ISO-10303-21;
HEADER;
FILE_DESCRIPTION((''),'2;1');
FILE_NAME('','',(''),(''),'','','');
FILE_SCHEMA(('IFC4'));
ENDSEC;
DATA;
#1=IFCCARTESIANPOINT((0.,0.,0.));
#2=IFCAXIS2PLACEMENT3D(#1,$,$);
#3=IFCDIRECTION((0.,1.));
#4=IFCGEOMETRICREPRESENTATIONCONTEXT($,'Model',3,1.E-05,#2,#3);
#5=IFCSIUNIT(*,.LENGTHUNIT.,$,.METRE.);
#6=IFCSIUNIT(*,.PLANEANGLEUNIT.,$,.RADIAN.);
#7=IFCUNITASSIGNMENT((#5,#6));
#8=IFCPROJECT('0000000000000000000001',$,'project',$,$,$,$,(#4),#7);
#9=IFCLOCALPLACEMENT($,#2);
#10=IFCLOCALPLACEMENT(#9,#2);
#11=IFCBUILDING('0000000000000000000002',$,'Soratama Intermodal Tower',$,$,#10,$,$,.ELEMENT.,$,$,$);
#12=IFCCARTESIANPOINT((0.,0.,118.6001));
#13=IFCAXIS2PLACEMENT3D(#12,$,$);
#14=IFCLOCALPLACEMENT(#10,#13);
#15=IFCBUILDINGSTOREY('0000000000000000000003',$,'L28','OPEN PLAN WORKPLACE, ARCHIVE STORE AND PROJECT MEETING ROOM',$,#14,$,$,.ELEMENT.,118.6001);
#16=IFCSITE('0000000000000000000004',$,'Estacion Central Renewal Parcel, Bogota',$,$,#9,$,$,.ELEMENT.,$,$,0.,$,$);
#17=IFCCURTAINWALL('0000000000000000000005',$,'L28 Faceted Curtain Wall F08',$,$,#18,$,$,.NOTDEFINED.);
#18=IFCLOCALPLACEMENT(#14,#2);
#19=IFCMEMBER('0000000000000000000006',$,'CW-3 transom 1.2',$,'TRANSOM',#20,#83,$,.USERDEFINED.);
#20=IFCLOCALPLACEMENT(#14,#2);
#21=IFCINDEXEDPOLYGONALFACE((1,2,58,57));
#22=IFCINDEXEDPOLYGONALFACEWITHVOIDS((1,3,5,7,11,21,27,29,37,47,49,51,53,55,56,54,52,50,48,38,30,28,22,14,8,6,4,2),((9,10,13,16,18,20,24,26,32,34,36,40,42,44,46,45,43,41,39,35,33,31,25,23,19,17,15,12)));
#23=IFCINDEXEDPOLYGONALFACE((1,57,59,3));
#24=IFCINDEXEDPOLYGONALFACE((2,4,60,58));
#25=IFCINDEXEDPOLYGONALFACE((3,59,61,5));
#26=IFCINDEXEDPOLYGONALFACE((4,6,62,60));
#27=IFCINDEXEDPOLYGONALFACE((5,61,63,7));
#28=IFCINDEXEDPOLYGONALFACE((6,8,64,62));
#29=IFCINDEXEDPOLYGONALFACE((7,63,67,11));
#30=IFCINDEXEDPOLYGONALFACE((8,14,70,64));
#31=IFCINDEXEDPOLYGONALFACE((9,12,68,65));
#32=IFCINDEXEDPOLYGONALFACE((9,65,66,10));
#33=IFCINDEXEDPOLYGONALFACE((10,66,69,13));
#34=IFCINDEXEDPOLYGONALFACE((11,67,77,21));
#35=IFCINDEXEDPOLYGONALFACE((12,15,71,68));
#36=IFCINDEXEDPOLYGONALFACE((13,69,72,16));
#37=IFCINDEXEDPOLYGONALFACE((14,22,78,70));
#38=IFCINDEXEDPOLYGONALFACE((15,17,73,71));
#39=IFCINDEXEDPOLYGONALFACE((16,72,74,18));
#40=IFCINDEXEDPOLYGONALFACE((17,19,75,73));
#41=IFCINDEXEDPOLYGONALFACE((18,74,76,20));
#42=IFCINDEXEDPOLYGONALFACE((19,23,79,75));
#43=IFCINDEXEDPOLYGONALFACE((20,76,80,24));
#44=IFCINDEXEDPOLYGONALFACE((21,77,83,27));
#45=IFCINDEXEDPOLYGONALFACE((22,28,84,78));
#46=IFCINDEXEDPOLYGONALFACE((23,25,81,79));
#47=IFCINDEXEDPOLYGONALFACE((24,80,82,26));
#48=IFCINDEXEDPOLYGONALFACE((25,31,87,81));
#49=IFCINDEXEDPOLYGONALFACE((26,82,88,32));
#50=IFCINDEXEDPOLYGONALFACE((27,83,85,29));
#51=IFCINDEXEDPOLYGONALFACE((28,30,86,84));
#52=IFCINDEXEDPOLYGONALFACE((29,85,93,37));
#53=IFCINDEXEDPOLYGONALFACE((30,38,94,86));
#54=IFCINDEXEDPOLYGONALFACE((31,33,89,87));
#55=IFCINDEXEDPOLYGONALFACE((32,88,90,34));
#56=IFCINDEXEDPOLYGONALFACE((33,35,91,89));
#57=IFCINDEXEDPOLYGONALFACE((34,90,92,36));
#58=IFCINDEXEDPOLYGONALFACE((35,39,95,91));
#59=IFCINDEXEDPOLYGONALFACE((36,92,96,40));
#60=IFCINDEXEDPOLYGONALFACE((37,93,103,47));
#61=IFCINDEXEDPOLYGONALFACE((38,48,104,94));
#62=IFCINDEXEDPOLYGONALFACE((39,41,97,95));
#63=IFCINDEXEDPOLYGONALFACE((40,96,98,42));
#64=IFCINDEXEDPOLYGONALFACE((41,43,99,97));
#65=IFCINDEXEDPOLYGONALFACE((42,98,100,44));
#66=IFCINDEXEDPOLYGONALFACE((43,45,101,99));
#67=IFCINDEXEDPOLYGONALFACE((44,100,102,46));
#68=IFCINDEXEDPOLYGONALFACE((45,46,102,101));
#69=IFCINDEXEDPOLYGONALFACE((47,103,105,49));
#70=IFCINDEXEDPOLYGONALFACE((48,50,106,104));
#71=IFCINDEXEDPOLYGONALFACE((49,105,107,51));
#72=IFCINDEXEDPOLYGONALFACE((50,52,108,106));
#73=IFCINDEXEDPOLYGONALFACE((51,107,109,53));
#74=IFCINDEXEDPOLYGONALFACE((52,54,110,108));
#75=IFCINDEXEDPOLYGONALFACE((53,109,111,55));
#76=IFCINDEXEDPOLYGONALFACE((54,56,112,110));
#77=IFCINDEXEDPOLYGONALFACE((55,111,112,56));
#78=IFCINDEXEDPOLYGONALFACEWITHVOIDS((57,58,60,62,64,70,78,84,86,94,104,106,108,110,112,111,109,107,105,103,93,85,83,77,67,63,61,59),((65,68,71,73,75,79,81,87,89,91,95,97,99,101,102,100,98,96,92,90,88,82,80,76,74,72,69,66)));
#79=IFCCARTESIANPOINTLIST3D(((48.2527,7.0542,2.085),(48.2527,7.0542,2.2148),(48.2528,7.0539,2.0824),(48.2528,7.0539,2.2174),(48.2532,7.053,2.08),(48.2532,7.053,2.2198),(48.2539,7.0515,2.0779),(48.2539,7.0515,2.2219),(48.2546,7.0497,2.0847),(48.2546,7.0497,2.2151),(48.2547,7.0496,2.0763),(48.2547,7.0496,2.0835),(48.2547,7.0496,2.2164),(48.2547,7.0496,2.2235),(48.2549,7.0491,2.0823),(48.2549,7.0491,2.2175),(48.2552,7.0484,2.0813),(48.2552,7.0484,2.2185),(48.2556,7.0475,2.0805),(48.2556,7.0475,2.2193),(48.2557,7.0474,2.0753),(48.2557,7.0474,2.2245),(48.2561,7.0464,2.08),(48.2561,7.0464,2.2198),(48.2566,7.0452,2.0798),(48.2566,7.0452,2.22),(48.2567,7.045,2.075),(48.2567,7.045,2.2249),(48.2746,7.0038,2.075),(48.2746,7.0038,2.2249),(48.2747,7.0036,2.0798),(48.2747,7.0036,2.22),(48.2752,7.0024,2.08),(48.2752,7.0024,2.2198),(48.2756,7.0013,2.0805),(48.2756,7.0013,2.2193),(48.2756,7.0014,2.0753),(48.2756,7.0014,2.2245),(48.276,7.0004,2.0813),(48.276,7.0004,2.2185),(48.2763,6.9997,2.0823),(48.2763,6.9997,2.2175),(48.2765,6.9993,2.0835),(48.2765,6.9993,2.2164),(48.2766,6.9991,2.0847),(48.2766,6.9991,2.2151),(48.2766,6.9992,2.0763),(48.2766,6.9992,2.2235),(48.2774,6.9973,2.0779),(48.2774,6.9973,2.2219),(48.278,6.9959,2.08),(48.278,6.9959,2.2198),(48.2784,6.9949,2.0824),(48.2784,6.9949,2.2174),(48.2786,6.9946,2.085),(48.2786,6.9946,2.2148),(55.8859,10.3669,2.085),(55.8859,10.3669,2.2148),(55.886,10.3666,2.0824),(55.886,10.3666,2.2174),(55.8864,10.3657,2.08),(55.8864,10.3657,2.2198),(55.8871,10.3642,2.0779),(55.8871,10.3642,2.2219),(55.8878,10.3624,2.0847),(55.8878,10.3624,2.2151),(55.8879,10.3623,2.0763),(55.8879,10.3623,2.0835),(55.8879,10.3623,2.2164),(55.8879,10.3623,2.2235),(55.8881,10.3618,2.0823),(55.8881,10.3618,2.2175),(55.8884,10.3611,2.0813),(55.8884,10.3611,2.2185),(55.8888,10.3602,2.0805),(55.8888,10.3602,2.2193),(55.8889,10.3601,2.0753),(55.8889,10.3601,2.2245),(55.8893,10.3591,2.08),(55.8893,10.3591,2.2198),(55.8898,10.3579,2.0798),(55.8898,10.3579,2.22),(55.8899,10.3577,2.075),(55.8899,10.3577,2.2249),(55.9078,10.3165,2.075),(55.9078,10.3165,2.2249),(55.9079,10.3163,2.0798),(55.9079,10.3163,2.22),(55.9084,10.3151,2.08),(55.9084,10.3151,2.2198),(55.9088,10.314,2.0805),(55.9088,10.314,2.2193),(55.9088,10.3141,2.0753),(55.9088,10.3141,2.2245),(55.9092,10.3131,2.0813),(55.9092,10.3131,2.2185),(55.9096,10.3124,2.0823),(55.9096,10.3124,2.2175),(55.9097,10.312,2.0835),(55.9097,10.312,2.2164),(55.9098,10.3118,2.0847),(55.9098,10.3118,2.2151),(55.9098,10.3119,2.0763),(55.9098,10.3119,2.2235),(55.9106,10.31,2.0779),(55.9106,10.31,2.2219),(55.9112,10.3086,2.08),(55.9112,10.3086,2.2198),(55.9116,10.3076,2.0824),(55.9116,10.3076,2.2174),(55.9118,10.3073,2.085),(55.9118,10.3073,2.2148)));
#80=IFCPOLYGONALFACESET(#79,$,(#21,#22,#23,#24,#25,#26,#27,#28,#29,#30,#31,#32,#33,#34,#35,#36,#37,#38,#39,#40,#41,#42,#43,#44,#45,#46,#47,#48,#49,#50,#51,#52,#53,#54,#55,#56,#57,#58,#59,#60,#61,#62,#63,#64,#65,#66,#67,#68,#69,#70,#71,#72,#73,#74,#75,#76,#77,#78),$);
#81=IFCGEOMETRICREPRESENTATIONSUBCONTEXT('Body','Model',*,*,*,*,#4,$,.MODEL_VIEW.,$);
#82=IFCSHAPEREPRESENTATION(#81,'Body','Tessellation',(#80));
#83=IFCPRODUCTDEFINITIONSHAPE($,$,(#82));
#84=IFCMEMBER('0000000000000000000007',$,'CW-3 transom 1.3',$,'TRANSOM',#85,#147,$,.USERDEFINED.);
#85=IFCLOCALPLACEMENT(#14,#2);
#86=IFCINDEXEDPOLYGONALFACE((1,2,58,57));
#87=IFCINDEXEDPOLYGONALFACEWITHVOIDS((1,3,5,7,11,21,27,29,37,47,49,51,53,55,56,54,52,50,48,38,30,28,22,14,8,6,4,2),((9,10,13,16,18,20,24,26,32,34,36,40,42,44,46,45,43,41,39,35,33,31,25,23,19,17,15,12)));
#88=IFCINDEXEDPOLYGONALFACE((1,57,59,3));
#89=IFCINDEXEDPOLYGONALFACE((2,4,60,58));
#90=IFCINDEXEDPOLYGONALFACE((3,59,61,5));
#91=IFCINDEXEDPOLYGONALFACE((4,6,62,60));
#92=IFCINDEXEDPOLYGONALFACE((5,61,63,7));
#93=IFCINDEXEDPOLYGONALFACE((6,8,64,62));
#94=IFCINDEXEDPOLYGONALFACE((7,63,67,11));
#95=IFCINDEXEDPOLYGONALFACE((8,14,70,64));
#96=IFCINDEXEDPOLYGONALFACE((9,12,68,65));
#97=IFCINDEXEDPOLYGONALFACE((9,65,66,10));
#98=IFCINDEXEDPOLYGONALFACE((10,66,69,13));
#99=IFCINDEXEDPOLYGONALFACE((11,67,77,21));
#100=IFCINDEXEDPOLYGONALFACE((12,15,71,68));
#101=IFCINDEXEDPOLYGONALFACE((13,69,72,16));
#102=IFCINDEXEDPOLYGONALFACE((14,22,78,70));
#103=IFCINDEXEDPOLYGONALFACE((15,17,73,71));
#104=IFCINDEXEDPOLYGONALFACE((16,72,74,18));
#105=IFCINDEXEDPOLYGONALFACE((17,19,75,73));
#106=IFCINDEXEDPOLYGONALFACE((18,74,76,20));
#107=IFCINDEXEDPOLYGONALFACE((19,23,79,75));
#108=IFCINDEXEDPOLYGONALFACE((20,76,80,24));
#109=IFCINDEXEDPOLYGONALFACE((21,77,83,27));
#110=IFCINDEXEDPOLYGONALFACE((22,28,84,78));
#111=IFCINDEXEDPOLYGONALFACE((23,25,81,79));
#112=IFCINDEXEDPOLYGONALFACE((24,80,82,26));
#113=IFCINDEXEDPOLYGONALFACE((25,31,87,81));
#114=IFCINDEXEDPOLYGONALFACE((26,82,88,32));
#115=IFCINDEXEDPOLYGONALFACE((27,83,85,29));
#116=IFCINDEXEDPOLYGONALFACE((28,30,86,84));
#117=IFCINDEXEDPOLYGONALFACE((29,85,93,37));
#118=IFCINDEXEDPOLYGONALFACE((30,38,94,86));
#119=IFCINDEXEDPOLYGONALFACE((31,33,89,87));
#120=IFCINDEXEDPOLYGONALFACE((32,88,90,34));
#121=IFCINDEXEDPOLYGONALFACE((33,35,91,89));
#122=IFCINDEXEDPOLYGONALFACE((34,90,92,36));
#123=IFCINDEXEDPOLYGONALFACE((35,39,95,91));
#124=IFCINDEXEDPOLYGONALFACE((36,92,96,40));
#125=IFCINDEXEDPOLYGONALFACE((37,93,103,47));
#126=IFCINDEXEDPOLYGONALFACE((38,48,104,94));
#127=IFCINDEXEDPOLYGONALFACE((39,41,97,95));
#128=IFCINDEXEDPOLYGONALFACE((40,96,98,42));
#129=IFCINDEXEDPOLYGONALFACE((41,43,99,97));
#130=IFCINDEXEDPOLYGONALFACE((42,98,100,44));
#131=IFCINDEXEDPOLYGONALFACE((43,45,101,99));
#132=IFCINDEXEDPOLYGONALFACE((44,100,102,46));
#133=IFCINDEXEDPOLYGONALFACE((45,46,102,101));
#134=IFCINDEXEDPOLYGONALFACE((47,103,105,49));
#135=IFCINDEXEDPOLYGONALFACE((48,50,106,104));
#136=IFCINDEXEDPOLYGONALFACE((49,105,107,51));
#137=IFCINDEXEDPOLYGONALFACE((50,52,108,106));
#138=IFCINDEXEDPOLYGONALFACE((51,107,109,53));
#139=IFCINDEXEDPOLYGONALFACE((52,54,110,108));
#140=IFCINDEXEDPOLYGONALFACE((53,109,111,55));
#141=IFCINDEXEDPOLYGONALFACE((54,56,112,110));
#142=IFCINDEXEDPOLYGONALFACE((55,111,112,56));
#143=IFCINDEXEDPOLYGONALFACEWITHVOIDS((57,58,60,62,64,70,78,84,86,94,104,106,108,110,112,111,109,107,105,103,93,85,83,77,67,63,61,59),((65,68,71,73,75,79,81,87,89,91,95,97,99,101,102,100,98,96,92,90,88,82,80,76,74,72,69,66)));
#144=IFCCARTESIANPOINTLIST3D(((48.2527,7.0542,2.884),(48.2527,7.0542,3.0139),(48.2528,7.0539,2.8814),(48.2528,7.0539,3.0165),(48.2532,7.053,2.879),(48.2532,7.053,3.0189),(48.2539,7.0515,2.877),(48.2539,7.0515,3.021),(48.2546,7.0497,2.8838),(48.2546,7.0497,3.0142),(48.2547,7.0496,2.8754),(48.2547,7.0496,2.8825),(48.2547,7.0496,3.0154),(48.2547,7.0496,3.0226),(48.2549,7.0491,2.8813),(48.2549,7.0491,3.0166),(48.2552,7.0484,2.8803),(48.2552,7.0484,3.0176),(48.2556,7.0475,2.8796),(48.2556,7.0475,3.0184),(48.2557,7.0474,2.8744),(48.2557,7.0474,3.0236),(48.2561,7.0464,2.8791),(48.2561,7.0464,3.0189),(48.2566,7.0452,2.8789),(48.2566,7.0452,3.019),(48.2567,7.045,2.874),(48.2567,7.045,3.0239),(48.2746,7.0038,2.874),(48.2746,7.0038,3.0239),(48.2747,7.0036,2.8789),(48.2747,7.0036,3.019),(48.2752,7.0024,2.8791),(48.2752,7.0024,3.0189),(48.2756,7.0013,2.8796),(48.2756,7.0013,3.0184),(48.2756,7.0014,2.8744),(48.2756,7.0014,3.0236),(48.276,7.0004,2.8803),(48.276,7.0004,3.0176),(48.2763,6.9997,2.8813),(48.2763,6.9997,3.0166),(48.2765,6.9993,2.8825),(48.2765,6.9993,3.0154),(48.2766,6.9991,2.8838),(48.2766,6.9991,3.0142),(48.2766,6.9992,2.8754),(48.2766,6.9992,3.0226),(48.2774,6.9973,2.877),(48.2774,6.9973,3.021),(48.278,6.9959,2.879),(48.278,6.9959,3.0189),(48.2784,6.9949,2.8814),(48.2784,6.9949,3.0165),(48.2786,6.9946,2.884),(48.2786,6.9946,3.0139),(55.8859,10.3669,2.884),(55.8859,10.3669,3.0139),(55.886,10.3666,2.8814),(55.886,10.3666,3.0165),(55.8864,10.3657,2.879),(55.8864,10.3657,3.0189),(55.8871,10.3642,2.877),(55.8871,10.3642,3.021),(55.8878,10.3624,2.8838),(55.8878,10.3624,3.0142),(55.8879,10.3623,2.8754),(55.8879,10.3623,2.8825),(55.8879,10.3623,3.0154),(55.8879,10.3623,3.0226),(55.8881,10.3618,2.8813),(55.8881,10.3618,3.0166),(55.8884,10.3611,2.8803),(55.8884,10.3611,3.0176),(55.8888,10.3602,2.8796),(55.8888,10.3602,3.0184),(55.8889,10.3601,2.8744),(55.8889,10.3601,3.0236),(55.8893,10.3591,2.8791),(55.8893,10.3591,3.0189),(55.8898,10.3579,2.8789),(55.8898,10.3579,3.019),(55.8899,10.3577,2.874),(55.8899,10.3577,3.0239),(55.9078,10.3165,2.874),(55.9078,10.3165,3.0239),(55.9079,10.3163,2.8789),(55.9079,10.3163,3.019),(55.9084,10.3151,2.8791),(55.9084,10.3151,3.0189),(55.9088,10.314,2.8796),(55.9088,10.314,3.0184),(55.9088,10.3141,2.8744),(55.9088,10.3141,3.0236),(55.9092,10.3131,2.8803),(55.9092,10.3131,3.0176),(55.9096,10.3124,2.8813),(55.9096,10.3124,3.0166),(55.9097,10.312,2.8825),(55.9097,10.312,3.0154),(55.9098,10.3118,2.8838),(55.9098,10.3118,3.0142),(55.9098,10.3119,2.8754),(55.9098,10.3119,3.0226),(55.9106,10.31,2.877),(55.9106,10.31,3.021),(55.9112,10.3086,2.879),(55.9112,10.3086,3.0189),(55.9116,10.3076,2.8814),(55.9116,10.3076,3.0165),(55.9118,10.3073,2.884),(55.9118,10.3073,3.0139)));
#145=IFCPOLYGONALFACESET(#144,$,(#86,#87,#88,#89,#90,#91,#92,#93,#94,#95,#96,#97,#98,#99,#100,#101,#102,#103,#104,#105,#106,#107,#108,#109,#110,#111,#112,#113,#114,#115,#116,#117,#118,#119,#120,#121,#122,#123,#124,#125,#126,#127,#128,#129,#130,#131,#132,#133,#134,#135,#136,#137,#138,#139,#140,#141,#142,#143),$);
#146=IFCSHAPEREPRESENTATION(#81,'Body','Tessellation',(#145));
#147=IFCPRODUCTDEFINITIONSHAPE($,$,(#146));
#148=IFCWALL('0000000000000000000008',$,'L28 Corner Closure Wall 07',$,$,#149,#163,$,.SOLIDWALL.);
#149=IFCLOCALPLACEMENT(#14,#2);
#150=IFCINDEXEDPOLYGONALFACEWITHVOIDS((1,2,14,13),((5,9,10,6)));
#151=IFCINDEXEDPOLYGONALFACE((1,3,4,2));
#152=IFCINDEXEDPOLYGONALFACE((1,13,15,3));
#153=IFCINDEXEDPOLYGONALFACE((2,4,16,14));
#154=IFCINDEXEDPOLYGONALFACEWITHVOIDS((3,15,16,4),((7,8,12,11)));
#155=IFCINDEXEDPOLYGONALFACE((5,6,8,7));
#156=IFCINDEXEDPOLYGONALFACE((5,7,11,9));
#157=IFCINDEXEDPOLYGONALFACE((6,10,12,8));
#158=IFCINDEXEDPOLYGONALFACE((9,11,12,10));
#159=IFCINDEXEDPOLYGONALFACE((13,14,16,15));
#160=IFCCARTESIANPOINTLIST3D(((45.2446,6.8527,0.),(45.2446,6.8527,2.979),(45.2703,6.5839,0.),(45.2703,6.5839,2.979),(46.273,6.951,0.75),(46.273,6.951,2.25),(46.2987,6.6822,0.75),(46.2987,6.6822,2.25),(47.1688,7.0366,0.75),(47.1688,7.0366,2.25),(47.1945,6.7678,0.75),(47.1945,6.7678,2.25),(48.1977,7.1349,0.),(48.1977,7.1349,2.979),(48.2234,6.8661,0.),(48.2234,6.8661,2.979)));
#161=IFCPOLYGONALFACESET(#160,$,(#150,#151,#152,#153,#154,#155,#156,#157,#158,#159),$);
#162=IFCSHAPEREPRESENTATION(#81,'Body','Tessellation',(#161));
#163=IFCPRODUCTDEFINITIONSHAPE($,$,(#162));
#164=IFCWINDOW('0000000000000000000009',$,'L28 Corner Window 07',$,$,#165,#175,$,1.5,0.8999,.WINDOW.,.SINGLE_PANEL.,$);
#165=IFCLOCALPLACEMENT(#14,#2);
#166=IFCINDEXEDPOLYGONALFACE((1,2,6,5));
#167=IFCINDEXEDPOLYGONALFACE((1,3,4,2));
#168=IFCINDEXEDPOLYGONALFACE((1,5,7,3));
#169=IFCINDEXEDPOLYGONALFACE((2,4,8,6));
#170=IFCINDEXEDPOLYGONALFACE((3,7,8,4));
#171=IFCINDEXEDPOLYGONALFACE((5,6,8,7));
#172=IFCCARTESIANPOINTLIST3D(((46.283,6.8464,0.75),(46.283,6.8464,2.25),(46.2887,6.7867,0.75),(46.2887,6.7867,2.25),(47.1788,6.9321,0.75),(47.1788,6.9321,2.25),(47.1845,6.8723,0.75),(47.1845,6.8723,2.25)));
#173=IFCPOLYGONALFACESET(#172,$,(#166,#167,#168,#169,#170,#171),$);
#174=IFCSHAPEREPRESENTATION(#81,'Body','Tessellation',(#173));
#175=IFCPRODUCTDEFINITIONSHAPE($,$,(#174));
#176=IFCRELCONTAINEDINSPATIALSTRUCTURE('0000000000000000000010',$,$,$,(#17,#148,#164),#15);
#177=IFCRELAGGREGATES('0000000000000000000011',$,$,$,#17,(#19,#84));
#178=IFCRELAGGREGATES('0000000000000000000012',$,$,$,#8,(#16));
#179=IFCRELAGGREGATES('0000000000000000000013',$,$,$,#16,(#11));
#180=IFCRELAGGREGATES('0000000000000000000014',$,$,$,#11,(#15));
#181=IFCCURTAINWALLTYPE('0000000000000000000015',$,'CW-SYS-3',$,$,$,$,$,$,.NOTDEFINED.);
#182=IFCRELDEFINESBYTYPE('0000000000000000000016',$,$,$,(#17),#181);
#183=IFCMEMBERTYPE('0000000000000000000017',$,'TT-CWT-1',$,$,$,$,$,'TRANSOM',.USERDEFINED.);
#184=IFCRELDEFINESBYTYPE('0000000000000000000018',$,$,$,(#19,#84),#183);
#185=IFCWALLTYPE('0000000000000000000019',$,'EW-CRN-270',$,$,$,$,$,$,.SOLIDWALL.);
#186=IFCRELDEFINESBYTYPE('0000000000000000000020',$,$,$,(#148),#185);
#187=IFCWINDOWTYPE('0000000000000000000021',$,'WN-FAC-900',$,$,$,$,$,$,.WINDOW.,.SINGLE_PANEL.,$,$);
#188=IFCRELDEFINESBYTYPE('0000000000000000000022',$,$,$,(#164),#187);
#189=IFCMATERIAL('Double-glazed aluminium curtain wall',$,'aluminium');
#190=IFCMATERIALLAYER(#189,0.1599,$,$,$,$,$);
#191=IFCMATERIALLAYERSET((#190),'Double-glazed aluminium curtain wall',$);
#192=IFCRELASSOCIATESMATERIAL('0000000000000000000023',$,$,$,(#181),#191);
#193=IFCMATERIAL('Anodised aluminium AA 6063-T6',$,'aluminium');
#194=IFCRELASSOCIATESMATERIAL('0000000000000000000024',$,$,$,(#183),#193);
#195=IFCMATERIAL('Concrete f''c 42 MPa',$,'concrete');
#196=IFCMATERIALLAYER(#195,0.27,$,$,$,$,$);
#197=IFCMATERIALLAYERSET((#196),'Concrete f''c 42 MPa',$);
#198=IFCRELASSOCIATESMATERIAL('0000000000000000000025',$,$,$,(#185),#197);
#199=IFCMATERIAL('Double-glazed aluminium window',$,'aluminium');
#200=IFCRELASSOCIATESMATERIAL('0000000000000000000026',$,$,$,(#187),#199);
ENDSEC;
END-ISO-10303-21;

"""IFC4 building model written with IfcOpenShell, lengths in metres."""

from ifc_helpers import new_model, si_unit, direction, frame, frame_2d, origin, origin_2d, place, context, subcontext, project, spatial, rectangle, hollow_rectangle, extrude, material, layer, layer_set, material_profile, profile_set, type_object, element, fill, aggregate, save


model = new_model("IFC4")

# Units and contexts
model_context = context("Model", 3, precision=1e-05, world=origin(), true_north=direction((0.0, 1.0)))
body_context = subcontext(model_context, "Body", "Model", "MODEL_VIEW")
ifc_project = project(units=[si_unit("LENGTHUNIT", "METRE"), si_unit("PLANEANGLEUNIT", "RADIAN")], contexts=[model_context])

# Site, building, storey
site_placement = place(None, origin())
site = spatial("IfcSite", under=ifc_project, at=site_placement, Name="Estacion Central Renewal Parcel, Bogota", CompositionType="ELEMENT", RefElevation=0.0)
building_placement = place(site_placement, origin())
building = spatial("IfcBuilding", under=site, at=building_placement, Name="Soratama Intermodal Tower", CompositionType="ELEMENT")
storey_placement = place(building_placement, frame((0.0, 0.0, 118.6001)))
storey = spatial("IfcBuildingStorey", under=building, at=storey_placement, Name="L28", Description="OPEN PLAN WORKPLACE, ARCHIVE STORE AND PROJECT MEETING ROOM", CompositionType="ELEMENT", Elevation=118.6001)

# Curtain wall, members
ifc_material_1 = material(Name="Double-glazed aluminium curtain wall", Category="aluminium")
ifc_layer_1 = layer(ifc_material_1, 0.1599)
ifc_layer_set_1 = layer_set([ifc_layer_1], Name="Double-glazed aluminium curtain wall")
curtain_wall_type = type_object("IfcCurtainWallType", Name="CW-SYS-3", PredefinedType="NOTDEFINED", material=ifc_layer_set_1)
curtain_wall_placement = place(storey_placement, origin())
curtain_wall = element("IfcCurtainWall", 1, at=curtain_wall_placement, inside=storey, type_object=curtain_wall_type, Name="L28 Faceted Curtain Wall F08", PredefinedType="NOTDEFINED")
ifc_material_2 = material(Name="Anodised aluminium AA 6063-T6", Category="aluminium")
ifc_material_profile_1 = material_profile(ifc_material_2, hollow_rectangle(XDim=0.0649, YDim=0.1499, WallThickness=0.0049, InnerFilletRadius=0.0049, OuterFilletRadius=0.01, at=origin_2d()), Name="CWT150X65X5")
ifc_profile_set_1 = profile_set([ifc_material_profile_1], Name="Anodised aluminium AA 6063-T6")
member_type_1 = type_object("IfcMemberType", Name="TT-CWT-1", ElementType="TRANSOM", PredefinedType="USERDEFINED", material=ifc_profile_set_1)
member_1_placement = place(storey_placement, frame((48.2656, 7.0244, 2.1499), z_axis=(0.917337, 0.398111, 0.0), x_axis=(-0.398111, 0.917337, 0.0)))
member_1 = element("IfcMember", 2, at=member_1_placement, type_object=member_type_1, Name="CW-3 transom 1.2", ObjectType="TRANSOM", PredefinedType="USERDEFINED", context=body_context, shape_type="SweptSolid", body=[
    extrude(hollow_rectangle(XDim=0.0649, YDim=0.1499, WallThickness=0.0049, InnerFilletRadius=0.0049, OuterFilletRadius=0.01, at=origin_2d()), origin(), (0.0, 0.0, 1.0), 8.321),
])
member_2_placement = place(storey_placement, frame((48.2656, 7.0244, 2.949), z_axis=(0.917337, 0.398111, 0.0), x_axis=(-0.398111, 0.917337, 0.0)))
member_2 = element("IfcMember", 3, at=member_2_placement, type_object=member_type_1, Name="CW-3 transom 1.3", ObjectType="TRANSOM", PredefinedType="USERDEFINED", context=body_context, shape_type="SweptSolid", body=[
    extrude(hollow_rectangle(XDim=0.0649, YDim=0.1499, WallThickness=0.0049, InnerFilletRadius=0.0049, OuterFilletRadius=0.01, at=origin_2d()), origin(), (0.0, 0.0, 1.0), 8.321),
])
aggregate(curtain_wall, [member_1, member_2])

# Wall, opening, window
ifc_material_3 = material(Name="Concrete f'c 42 MPa", Category="concrete")
ifc_layer_2 = layer(ifc_material_3, 0.27)
ifc_layer_set_2 = layer_set([ifc_layer_2], Name="Concrete f'c 42 MPa")
wall_type_1 = type_object("IfcWallType", Name="EW-CRN-270", PredefinedType="SOLIDWALL", material=ifc_layer_set_2)
wall_1_placement = place(storey_placement, frame((45.2573, 6.7183, 0.0), z_axis=(0.0, 0.0, 1.0), x_axis=(0.995464, 0.095135, 0.0)))
wall_1 = element("IfcWall", 4, at=wall_1_placement, inside=storey, type_object=wall_type_1, Name="L28 Corner Closure Wall 07", PredefinedType="SOLIDWALL", context=body_context, shape_type="SweptSolid", body=[
    extrude(rectangle(XDim=2.9666, YDim=0.27, at=frame_2d((1.4834, 0.0))), origin(), (0.0, 0.0, 1.0), 2.979),
])
opening_1_placement = place(wall_1_placement, frame((1.0332, 0.0, 0.75)))
opening_1 = element("IfcOpeningElement", 5, at=opening_1_placement, cuts=wall_1, PredefinedType="OPENING", context=body_context, shape_type="SweptSolid", body=[
    extrude(rectangle(XDim=0.8999, YDim=1.5, at=frame_2d((0.45, 0.75))), frame((0.0, 0.145, 0.0), z_axis=(0.0, -1.0, 0.0), x_axis=(1.0, 0.0, 0.0)), (0.0, 0.0, 1.0), 0.29),
])
ifc_material_4 = material(Name="Double-glazed aluminium window", Category="aluminium")
window_type = type_object("IfcWindowType", Name="WN-FAC-900", PartitioningType="SINGLE_PANEL", PredefinedType="WINDOW", material=ifc_material_4)
window_placement = place(opening_1_placement, origin())
window = element("IfcWindow", 6, at=window_placement, inside=storey, type_object=window_type, Name="L28 Corner Window 07", OverallHeight=1.5, OverallWidth=0.8999, PartitioningType="SINGLE_PANEL", PredefinedType="WINDOW", context=body_context, shape_type="SweptSolid", body=[
    extrude(rectangle(XDim=0.8999, YDim=1.5, at=frame_2d((0.45, 0.75))), frame((0.0, 0.03, 0.0), z_axis=(0.0, -1.0, 0.0), x_axis=(1.0, 0.0, 0.0)), (0.0, 0.0, 1.0), 0.0601),
])
fill(opening_1, window)

save(model, "model.ifc")
